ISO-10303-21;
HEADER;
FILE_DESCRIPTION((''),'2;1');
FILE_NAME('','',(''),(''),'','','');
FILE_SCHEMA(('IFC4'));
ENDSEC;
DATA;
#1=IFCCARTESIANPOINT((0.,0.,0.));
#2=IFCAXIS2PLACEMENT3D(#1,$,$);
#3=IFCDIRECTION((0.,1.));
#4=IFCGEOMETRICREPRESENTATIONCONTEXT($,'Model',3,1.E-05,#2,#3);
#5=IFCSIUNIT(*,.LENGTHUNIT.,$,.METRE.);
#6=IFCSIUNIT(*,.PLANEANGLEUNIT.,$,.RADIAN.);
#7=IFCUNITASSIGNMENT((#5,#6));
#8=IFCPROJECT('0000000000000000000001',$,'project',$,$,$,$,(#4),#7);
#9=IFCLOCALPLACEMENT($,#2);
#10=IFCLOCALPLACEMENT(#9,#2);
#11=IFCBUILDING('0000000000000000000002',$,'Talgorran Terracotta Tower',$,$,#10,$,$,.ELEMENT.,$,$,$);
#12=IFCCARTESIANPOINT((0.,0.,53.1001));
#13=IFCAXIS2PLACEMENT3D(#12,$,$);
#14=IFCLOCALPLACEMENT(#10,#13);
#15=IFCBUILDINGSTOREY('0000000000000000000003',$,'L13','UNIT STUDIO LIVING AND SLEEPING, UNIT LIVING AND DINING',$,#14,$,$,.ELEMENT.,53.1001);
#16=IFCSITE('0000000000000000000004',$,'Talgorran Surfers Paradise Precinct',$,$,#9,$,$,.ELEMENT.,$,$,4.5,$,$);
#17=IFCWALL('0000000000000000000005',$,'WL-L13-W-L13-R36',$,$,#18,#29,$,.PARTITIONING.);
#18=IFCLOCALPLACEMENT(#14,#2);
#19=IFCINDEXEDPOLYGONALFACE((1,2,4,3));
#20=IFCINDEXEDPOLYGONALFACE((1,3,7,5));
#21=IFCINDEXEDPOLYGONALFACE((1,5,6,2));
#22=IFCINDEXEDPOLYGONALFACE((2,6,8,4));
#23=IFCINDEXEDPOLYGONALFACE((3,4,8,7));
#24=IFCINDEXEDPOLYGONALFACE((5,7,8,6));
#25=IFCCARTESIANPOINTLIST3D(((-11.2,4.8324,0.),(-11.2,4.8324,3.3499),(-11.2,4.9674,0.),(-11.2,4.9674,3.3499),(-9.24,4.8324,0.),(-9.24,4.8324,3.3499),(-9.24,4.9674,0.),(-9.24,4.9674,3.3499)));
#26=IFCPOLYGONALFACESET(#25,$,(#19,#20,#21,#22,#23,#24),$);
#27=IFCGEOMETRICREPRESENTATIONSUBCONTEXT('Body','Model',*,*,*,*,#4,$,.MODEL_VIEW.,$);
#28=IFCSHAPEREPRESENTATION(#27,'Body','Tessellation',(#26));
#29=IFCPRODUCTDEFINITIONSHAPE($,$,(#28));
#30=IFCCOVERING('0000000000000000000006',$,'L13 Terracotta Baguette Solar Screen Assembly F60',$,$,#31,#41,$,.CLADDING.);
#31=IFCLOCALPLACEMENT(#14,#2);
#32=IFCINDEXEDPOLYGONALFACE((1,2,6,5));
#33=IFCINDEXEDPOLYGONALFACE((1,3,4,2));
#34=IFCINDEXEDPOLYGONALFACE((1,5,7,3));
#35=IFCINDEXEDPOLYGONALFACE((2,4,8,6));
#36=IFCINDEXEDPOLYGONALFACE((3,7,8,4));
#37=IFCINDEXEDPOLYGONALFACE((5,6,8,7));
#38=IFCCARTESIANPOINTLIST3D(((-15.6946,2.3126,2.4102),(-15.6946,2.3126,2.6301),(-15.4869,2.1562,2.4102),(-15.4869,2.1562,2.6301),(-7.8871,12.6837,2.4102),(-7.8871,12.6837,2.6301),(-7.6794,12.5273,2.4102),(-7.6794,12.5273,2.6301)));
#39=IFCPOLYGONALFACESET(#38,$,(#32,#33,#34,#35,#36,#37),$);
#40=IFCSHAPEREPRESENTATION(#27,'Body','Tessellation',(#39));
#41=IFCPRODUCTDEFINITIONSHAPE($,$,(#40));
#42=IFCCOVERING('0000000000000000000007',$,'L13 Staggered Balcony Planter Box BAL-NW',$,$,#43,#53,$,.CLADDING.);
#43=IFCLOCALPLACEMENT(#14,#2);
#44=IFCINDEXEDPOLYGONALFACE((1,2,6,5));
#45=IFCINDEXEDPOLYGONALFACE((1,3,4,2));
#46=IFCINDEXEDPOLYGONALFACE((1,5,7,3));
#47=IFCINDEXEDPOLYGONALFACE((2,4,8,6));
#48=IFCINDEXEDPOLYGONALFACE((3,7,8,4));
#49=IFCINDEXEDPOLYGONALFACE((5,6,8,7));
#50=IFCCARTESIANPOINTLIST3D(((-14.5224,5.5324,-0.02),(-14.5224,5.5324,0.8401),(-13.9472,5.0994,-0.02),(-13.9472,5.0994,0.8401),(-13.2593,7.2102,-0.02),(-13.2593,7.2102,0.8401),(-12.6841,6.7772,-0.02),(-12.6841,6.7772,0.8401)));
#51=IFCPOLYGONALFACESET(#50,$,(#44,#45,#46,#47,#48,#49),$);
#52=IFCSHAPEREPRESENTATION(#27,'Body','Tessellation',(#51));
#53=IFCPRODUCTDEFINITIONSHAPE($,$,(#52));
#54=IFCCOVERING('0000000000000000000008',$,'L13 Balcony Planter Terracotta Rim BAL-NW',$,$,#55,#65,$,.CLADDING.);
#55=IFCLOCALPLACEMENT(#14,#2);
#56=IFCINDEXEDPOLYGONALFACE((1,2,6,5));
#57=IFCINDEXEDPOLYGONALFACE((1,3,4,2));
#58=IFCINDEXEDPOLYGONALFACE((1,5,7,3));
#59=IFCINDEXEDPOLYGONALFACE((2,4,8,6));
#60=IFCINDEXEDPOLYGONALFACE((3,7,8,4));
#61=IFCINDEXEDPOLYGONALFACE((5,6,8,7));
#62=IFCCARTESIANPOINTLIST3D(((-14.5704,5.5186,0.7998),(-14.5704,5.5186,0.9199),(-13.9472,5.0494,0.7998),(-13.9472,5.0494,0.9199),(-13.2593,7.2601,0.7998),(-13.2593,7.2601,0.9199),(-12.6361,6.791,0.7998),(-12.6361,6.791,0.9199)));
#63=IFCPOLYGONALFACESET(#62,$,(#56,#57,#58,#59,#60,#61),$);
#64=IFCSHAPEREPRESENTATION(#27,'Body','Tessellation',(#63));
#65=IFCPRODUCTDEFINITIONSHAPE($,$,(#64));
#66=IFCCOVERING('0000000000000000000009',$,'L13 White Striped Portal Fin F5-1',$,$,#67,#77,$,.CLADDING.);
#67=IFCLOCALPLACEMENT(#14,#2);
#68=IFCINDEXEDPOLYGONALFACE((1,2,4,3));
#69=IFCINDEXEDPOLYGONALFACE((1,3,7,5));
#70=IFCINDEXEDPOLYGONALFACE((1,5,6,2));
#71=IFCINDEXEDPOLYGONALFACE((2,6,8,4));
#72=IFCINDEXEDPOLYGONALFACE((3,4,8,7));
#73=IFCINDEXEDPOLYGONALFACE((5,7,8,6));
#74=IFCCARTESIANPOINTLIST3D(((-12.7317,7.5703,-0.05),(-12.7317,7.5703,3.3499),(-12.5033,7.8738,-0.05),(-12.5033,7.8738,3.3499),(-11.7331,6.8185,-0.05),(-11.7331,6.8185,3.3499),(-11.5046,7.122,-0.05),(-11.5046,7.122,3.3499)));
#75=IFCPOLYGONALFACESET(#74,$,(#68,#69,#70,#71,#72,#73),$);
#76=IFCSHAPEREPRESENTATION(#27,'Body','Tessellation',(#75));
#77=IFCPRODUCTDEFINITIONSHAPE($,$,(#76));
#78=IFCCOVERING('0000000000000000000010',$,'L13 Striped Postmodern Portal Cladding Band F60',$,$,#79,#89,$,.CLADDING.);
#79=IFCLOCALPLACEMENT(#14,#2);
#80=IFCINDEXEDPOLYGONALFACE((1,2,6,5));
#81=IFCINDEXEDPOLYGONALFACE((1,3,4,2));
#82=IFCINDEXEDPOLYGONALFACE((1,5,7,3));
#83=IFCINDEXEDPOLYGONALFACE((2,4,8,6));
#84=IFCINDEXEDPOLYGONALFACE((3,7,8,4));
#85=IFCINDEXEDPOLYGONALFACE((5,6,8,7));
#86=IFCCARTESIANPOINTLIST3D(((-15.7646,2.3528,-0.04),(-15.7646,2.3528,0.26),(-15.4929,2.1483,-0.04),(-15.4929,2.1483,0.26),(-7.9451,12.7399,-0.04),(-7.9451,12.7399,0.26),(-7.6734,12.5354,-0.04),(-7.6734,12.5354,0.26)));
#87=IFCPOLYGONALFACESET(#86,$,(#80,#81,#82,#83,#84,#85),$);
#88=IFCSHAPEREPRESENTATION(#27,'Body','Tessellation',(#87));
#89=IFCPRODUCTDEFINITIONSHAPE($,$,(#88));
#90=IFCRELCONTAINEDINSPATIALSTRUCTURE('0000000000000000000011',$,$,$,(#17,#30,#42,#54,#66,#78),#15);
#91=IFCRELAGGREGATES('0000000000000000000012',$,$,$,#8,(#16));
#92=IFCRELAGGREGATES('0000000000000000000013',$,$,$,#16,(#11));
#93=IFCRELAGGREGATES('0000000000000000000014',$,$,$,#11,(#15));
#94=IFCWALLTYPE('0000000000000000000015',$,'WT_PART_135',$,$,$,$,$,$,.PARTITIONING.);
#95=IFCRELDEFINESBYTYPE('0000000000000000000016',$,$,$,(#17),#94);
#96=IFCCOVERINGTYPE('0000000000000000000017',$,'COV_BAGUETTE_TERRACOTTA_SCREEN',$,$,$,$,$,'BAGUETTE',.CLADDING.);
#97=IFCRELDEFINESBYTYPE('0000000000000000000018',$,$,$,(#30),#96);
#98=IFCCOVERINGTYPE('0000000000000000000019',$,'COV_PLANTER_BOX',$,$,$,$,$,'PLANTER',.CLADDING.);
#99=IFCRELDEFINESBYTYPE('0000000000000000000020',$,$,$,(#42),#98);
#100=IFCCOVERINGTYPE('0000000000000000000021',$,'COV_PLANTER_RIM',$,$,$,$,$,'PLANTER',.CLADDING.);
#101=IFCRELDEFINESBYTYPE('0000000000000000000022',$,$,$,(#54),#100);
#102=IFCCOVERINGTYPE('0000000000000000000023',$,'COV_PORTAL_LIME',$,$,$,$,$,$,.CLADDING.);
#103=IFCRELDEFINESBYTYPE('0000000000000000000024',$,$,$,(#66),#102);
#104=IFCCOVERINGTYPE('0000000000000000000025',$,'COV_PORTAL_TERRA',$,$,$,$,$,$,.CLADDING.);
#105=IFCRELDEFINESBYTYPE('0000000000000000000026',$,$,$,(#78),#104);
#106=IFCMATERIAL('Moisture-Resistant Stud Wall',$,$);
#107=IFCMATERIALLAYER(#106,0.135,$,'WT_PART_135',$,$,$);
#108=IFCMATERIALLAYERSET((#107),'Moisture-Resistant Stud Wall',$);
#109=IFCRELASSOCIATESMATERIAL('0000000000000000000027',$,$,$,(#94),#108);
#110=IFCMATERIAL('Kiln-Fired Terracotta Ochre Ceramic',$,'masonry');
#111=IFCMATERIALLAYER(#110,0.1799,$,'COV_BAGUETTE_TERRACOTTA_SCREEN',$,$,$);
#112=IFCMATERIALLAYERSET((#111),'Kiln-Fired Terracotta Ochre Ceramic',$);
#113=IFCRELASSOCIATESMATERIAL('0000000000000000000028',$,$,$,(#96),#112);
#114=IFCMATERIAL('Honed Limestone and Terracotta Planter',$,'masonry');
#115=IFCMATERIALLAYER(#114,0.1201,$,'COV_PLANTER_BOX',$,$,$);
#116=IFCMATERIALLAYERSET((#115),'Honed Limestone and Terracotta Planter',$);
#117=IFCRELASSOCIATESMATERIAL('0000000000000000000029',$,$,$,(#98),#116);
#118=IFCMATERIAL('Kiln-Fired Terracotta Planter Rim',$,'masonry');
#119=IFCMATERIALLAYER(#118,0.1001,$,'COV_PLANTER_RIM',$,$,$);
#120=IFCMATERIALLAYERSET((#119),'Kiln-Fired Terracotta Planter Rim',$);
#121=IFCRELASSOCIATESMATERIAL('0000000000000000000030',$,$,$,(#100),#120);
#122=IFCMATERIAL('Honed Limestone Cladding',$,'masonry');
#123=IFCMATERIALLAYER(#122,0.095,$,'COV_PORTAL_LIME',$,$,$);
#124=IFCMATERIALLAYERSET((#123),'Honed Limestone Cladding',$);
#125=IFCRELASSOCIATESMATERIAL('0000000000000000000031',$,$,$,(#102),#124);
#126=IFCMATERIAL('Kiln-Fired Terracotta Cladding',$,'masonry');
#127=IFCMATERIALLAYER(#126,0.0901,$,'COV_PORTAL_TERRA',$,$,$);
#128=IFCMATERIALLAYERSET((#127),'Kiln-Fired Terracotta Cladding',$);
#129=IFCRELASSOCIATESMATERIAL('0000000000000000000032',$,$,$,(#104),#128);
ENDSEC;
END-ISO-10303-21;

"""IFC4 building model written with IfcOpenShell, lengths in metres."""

from ifc_helpers import new_model, si_unit, direction, frame, frame_2d, origin, origin_2d, place, context, subcontext, project, spatial, rectangle, extrude, material, layer, layer_set, type_object, element, save


model = new_model("IFC4")

# Units and contexts
model_context = context("Model", 3, precision=1e-05, world=origin(), true_north=direction((0.0, 1.0)))
body_context = subcontext(model_context, "Body", "Model", "MODEL_VIEW")
ifc_project = project(units=[si_unit("LENGTHUNIT", "METRE"), si_unit("PLANEANGLEUNIT", "RADIAN")], contexts=[model_context])

# Site, building, storey
site_placement = place(None, origin())
site = spatial("IfcSite", under=ifc_project, at=site_placement, Name="Talgorran Surfers Paradise Precinct", CompositionType="ELEMENT", RefElevation=4.5)
building_placement = place(site_placement, origin())
building = spatial("IfcBuilding", under=site, at=building_placement, Name="Talgorran Terracotta Tower", CompositionType="ELEMENT")
storey_placement = place(building_placement, frame((0.0, 0.0, 53.1001)))
storey = spatial("IfcBuildingStorey", under=building, at=storey_placement, Name="L13", Description="UNIT STUDIO LIVING AND SLEEPING, UNIT LIVING AND DINING", CompositionType="ELEMENT", Elevation=53.1001)

# Shared definitions
ifc_material_1 = material(Name="Moisture-Resistant Stud Wall")
ifc_layer_1 = layer(ifc_material_1, 0.135, Name="WT_PART_135")
ifc_layer_set_1 = layer_set([ifc_layer_1], Name="Moisture-Resistant Stud Wall")
wall_type_1 = type_object("IfcWallType", Name="WT_PART_135", PredefinedType="PARTITIONING", material=ifc_layer_set_1)

# Wall
wall_1_placement = place(storey_placement, frame((-11.2, 4.8999, 0.0), z_axis=(0.0, 0.0, 1.0), x_axis=(1.0, 0.0, 0.0)))
element("IfcWall", 1, at=wall_1_placement, inside=storey, type_object=wall_type_1, Name="WL-L13-W-L13-R36", PredefinedType="PARTITIONING", context=body_context, shape_type="SweptSolid", body=[
    extrude(rectangle(XDim=1.96, YDim=0.135, at=frame_2d((0.98, 0.0))), origin(), (0.0, 0.0, 1.0), 3.3499),
])

# Coverings
ifc_material_2 = material(Name="Kiln-Fired Terracotta Ochre Ceramic", Category="masonry")
ifc_layer_2 = layer(ifc_material_2, 0.1799, Name="COV_BAGUETTE_TERRACOTTA_SCREEN")
ifc_layer_set_2 = layer_set([ifc_layer_2], Name="Kiln-Fired Terracotta Ochre Ceramic")
covering_type_1 = type_object("IfcCoveringType", Name="COV_BAGUETTE_TERRACOTTA_SCREEN", ElementType="BAGUETTE", PredefinedType="CLADDING", material=ifc_layer_set_2)
covering_1_placement = place(storey_placement, frame((-11.687, 7.4199, 2.4102), z_axis=(0.0, 0.0, 1.0), x_axis=(-0.601439, -0.798919, 0.0)))
element("IfcCovering", 2, at=covering_1_placement, inside=storey, type_object=covering_type_1, Name="L13 Terracotta Baguette Solar Screen Assembly F60", PredefinedType="CLADDING", context=body_context, shape_type="SweptSolid", body=[
    extrude(rectangle(XDim=12.9814, YDim=0.26, at=origin_2d()), origin(), (0.0, 0.0, 1.0), 0.22),
])
ifc_material_3 = material(Name="Honed Limestone and Terracotta Planter", Category="masonry")
ifc_layer_3 = layer(ifc_material_3, 0.1201, Name="COV_PLANTER_BOX")
ifc_layer_set_3 = layer_set([ifc_layer_3], Name="Honed Limestone and Terracotta Planter")
covering_type_2 = type_object("IfcCoveringType", Name="COV_PLANTER_BOX", ElementType="PLANTER", PredefinedType="CLADDING", material=ifc_layer_set_3)
covering_2_placement = place(storey_placement, frame((-13.6033, 6.1548, -0.02), z_axis=(0.0, 0.0, 1.0), x_axis=(-0.601439, -0.798919, 0.0)))
element("IfcCovering", 3, at=covering_2_placement, inside=storey, type_object=covering_type_2, Name="L13 Staggered Balcony Planter Box BAL-NW", PredefinedType="CLADDING", context=body_context, shape_type="SweptSolid", body=[
    extrude(rectangle(XDim=2.1001, YDim=0.72, at=origin_2d()), origin(), (0.0, 0.0, 1.0), 0.8601),
])
ifc_material_4 = material(Name="Kiln-Fired Terracotta Planter Rim", Category="masonry")
ifc_layer_4 = layer(ifc_material_4, 0.1001, Name="COV_PLANTER_RIM")
ifc_layer_set_4 = layer_set([ifc_layer_4], Name="Kiln-Fired Terracotta Planter Rim")
covering_type_3 = type_object("IfcCoveringType", Name="COV_PLANTER_RIM", ElementType="PLANTER", PredefinedType="CLADDING", material=ifc_layer_set_4)
covering_3_placement = place(storey_placement, frame((-13.6033, 6.1548, 0.7998), z_axis=(0.0, 0.0, 1.0), x_axis=(-0.601439, -0.798919, 0.0)))
element("IfcCovering", 4, at=covering_3_placement, inside=storey, type_object=covering_type_3, Name="L13 Balcony Planter Terracotta Rim BAL-NW", PredefinedType="CLADDING", context=body_context, shape_type="SweptSolid", body=[
    extrude(rectangle(XDim=2.1799, YDim=0.78, at=origin_2d()), origin(), (0.0, 0.0, 1.0), 0.1201),
])
ifc_material_5 = material(Name="Honed Limestone Cladding", Category="masonry")
ifc_layer_5 = layer(ifc_material_5, 0.095, Name="COV_PORTAL_LIME")
ifc_layer_set_5 = layer_set([ifc_layer_5], Name="Honed Limestone Cladding")
covering_type_4 = type_object("IfcCoveringType", Name="COV_PORTAL_LIME", PredefinedType="CLADDING", material=ifc_layer_set_5)
covering_4_placement = place(storey_placement, frame((-12.1182, 7.3462, -0.05), z_axis=(0.0, 0.0, 1.0), x_axis=(-0.601439, -0.798919, 0.0)))
element("IfcCovering", 5, at=covering_4_placement, inside=storey, type_object=covering_type_4, Name="L13 White Striped Portal Fin F5-1", PredefinedType="CLADDING", context=body_context, shape_type="SweptSolid", body=[
    extrude(rectangle(XDim=0.3799, YDim=1.25, at=origin_2d()), origin(), (0.0, 0.0, 1.0), 3.3999),
])
ifc_material_6 = material(Name="Kiln-Fired Terracotta Cladding", Category="masonry")
ifc_layer_6 = layer(ifc_material_6, 0.0901, Name="COV_PORTAL_TERRA")
ifc_layer_set_6 = layer_set([ifc_layer_6], Name="Kiln-Fired Terracotta Cladding")
covering_type_5 = type_object("IfcCoveringType", Name="COV_PORTAL_TERRA", PredefinedType="CLADDING", material=ifc_layer_set_6)
covering_5_placement = place(storey_placement, frame((-11.719, 7.4441, -0.04), z_axis=(0.0, 0.0, 1.0), x_axis=(-0.601439, -0.798919, 0.0)))
element("IfcCovering", 6, at=covering_5_placement, inside=storey, type_object=covering_type_5, Name="L13 Striped Postmodern Portal Cladding Band F60", PredefinedType="CLADDING", context=body_context, shape_type="SweptSolid", body=[
    extrude(rectangle(XDim=13.0015, YDim=0.3401, at=origin_2d()), origin(), (0.0, 0.0, 1.0), 0.3),
])

save(model, "model.ifc")
